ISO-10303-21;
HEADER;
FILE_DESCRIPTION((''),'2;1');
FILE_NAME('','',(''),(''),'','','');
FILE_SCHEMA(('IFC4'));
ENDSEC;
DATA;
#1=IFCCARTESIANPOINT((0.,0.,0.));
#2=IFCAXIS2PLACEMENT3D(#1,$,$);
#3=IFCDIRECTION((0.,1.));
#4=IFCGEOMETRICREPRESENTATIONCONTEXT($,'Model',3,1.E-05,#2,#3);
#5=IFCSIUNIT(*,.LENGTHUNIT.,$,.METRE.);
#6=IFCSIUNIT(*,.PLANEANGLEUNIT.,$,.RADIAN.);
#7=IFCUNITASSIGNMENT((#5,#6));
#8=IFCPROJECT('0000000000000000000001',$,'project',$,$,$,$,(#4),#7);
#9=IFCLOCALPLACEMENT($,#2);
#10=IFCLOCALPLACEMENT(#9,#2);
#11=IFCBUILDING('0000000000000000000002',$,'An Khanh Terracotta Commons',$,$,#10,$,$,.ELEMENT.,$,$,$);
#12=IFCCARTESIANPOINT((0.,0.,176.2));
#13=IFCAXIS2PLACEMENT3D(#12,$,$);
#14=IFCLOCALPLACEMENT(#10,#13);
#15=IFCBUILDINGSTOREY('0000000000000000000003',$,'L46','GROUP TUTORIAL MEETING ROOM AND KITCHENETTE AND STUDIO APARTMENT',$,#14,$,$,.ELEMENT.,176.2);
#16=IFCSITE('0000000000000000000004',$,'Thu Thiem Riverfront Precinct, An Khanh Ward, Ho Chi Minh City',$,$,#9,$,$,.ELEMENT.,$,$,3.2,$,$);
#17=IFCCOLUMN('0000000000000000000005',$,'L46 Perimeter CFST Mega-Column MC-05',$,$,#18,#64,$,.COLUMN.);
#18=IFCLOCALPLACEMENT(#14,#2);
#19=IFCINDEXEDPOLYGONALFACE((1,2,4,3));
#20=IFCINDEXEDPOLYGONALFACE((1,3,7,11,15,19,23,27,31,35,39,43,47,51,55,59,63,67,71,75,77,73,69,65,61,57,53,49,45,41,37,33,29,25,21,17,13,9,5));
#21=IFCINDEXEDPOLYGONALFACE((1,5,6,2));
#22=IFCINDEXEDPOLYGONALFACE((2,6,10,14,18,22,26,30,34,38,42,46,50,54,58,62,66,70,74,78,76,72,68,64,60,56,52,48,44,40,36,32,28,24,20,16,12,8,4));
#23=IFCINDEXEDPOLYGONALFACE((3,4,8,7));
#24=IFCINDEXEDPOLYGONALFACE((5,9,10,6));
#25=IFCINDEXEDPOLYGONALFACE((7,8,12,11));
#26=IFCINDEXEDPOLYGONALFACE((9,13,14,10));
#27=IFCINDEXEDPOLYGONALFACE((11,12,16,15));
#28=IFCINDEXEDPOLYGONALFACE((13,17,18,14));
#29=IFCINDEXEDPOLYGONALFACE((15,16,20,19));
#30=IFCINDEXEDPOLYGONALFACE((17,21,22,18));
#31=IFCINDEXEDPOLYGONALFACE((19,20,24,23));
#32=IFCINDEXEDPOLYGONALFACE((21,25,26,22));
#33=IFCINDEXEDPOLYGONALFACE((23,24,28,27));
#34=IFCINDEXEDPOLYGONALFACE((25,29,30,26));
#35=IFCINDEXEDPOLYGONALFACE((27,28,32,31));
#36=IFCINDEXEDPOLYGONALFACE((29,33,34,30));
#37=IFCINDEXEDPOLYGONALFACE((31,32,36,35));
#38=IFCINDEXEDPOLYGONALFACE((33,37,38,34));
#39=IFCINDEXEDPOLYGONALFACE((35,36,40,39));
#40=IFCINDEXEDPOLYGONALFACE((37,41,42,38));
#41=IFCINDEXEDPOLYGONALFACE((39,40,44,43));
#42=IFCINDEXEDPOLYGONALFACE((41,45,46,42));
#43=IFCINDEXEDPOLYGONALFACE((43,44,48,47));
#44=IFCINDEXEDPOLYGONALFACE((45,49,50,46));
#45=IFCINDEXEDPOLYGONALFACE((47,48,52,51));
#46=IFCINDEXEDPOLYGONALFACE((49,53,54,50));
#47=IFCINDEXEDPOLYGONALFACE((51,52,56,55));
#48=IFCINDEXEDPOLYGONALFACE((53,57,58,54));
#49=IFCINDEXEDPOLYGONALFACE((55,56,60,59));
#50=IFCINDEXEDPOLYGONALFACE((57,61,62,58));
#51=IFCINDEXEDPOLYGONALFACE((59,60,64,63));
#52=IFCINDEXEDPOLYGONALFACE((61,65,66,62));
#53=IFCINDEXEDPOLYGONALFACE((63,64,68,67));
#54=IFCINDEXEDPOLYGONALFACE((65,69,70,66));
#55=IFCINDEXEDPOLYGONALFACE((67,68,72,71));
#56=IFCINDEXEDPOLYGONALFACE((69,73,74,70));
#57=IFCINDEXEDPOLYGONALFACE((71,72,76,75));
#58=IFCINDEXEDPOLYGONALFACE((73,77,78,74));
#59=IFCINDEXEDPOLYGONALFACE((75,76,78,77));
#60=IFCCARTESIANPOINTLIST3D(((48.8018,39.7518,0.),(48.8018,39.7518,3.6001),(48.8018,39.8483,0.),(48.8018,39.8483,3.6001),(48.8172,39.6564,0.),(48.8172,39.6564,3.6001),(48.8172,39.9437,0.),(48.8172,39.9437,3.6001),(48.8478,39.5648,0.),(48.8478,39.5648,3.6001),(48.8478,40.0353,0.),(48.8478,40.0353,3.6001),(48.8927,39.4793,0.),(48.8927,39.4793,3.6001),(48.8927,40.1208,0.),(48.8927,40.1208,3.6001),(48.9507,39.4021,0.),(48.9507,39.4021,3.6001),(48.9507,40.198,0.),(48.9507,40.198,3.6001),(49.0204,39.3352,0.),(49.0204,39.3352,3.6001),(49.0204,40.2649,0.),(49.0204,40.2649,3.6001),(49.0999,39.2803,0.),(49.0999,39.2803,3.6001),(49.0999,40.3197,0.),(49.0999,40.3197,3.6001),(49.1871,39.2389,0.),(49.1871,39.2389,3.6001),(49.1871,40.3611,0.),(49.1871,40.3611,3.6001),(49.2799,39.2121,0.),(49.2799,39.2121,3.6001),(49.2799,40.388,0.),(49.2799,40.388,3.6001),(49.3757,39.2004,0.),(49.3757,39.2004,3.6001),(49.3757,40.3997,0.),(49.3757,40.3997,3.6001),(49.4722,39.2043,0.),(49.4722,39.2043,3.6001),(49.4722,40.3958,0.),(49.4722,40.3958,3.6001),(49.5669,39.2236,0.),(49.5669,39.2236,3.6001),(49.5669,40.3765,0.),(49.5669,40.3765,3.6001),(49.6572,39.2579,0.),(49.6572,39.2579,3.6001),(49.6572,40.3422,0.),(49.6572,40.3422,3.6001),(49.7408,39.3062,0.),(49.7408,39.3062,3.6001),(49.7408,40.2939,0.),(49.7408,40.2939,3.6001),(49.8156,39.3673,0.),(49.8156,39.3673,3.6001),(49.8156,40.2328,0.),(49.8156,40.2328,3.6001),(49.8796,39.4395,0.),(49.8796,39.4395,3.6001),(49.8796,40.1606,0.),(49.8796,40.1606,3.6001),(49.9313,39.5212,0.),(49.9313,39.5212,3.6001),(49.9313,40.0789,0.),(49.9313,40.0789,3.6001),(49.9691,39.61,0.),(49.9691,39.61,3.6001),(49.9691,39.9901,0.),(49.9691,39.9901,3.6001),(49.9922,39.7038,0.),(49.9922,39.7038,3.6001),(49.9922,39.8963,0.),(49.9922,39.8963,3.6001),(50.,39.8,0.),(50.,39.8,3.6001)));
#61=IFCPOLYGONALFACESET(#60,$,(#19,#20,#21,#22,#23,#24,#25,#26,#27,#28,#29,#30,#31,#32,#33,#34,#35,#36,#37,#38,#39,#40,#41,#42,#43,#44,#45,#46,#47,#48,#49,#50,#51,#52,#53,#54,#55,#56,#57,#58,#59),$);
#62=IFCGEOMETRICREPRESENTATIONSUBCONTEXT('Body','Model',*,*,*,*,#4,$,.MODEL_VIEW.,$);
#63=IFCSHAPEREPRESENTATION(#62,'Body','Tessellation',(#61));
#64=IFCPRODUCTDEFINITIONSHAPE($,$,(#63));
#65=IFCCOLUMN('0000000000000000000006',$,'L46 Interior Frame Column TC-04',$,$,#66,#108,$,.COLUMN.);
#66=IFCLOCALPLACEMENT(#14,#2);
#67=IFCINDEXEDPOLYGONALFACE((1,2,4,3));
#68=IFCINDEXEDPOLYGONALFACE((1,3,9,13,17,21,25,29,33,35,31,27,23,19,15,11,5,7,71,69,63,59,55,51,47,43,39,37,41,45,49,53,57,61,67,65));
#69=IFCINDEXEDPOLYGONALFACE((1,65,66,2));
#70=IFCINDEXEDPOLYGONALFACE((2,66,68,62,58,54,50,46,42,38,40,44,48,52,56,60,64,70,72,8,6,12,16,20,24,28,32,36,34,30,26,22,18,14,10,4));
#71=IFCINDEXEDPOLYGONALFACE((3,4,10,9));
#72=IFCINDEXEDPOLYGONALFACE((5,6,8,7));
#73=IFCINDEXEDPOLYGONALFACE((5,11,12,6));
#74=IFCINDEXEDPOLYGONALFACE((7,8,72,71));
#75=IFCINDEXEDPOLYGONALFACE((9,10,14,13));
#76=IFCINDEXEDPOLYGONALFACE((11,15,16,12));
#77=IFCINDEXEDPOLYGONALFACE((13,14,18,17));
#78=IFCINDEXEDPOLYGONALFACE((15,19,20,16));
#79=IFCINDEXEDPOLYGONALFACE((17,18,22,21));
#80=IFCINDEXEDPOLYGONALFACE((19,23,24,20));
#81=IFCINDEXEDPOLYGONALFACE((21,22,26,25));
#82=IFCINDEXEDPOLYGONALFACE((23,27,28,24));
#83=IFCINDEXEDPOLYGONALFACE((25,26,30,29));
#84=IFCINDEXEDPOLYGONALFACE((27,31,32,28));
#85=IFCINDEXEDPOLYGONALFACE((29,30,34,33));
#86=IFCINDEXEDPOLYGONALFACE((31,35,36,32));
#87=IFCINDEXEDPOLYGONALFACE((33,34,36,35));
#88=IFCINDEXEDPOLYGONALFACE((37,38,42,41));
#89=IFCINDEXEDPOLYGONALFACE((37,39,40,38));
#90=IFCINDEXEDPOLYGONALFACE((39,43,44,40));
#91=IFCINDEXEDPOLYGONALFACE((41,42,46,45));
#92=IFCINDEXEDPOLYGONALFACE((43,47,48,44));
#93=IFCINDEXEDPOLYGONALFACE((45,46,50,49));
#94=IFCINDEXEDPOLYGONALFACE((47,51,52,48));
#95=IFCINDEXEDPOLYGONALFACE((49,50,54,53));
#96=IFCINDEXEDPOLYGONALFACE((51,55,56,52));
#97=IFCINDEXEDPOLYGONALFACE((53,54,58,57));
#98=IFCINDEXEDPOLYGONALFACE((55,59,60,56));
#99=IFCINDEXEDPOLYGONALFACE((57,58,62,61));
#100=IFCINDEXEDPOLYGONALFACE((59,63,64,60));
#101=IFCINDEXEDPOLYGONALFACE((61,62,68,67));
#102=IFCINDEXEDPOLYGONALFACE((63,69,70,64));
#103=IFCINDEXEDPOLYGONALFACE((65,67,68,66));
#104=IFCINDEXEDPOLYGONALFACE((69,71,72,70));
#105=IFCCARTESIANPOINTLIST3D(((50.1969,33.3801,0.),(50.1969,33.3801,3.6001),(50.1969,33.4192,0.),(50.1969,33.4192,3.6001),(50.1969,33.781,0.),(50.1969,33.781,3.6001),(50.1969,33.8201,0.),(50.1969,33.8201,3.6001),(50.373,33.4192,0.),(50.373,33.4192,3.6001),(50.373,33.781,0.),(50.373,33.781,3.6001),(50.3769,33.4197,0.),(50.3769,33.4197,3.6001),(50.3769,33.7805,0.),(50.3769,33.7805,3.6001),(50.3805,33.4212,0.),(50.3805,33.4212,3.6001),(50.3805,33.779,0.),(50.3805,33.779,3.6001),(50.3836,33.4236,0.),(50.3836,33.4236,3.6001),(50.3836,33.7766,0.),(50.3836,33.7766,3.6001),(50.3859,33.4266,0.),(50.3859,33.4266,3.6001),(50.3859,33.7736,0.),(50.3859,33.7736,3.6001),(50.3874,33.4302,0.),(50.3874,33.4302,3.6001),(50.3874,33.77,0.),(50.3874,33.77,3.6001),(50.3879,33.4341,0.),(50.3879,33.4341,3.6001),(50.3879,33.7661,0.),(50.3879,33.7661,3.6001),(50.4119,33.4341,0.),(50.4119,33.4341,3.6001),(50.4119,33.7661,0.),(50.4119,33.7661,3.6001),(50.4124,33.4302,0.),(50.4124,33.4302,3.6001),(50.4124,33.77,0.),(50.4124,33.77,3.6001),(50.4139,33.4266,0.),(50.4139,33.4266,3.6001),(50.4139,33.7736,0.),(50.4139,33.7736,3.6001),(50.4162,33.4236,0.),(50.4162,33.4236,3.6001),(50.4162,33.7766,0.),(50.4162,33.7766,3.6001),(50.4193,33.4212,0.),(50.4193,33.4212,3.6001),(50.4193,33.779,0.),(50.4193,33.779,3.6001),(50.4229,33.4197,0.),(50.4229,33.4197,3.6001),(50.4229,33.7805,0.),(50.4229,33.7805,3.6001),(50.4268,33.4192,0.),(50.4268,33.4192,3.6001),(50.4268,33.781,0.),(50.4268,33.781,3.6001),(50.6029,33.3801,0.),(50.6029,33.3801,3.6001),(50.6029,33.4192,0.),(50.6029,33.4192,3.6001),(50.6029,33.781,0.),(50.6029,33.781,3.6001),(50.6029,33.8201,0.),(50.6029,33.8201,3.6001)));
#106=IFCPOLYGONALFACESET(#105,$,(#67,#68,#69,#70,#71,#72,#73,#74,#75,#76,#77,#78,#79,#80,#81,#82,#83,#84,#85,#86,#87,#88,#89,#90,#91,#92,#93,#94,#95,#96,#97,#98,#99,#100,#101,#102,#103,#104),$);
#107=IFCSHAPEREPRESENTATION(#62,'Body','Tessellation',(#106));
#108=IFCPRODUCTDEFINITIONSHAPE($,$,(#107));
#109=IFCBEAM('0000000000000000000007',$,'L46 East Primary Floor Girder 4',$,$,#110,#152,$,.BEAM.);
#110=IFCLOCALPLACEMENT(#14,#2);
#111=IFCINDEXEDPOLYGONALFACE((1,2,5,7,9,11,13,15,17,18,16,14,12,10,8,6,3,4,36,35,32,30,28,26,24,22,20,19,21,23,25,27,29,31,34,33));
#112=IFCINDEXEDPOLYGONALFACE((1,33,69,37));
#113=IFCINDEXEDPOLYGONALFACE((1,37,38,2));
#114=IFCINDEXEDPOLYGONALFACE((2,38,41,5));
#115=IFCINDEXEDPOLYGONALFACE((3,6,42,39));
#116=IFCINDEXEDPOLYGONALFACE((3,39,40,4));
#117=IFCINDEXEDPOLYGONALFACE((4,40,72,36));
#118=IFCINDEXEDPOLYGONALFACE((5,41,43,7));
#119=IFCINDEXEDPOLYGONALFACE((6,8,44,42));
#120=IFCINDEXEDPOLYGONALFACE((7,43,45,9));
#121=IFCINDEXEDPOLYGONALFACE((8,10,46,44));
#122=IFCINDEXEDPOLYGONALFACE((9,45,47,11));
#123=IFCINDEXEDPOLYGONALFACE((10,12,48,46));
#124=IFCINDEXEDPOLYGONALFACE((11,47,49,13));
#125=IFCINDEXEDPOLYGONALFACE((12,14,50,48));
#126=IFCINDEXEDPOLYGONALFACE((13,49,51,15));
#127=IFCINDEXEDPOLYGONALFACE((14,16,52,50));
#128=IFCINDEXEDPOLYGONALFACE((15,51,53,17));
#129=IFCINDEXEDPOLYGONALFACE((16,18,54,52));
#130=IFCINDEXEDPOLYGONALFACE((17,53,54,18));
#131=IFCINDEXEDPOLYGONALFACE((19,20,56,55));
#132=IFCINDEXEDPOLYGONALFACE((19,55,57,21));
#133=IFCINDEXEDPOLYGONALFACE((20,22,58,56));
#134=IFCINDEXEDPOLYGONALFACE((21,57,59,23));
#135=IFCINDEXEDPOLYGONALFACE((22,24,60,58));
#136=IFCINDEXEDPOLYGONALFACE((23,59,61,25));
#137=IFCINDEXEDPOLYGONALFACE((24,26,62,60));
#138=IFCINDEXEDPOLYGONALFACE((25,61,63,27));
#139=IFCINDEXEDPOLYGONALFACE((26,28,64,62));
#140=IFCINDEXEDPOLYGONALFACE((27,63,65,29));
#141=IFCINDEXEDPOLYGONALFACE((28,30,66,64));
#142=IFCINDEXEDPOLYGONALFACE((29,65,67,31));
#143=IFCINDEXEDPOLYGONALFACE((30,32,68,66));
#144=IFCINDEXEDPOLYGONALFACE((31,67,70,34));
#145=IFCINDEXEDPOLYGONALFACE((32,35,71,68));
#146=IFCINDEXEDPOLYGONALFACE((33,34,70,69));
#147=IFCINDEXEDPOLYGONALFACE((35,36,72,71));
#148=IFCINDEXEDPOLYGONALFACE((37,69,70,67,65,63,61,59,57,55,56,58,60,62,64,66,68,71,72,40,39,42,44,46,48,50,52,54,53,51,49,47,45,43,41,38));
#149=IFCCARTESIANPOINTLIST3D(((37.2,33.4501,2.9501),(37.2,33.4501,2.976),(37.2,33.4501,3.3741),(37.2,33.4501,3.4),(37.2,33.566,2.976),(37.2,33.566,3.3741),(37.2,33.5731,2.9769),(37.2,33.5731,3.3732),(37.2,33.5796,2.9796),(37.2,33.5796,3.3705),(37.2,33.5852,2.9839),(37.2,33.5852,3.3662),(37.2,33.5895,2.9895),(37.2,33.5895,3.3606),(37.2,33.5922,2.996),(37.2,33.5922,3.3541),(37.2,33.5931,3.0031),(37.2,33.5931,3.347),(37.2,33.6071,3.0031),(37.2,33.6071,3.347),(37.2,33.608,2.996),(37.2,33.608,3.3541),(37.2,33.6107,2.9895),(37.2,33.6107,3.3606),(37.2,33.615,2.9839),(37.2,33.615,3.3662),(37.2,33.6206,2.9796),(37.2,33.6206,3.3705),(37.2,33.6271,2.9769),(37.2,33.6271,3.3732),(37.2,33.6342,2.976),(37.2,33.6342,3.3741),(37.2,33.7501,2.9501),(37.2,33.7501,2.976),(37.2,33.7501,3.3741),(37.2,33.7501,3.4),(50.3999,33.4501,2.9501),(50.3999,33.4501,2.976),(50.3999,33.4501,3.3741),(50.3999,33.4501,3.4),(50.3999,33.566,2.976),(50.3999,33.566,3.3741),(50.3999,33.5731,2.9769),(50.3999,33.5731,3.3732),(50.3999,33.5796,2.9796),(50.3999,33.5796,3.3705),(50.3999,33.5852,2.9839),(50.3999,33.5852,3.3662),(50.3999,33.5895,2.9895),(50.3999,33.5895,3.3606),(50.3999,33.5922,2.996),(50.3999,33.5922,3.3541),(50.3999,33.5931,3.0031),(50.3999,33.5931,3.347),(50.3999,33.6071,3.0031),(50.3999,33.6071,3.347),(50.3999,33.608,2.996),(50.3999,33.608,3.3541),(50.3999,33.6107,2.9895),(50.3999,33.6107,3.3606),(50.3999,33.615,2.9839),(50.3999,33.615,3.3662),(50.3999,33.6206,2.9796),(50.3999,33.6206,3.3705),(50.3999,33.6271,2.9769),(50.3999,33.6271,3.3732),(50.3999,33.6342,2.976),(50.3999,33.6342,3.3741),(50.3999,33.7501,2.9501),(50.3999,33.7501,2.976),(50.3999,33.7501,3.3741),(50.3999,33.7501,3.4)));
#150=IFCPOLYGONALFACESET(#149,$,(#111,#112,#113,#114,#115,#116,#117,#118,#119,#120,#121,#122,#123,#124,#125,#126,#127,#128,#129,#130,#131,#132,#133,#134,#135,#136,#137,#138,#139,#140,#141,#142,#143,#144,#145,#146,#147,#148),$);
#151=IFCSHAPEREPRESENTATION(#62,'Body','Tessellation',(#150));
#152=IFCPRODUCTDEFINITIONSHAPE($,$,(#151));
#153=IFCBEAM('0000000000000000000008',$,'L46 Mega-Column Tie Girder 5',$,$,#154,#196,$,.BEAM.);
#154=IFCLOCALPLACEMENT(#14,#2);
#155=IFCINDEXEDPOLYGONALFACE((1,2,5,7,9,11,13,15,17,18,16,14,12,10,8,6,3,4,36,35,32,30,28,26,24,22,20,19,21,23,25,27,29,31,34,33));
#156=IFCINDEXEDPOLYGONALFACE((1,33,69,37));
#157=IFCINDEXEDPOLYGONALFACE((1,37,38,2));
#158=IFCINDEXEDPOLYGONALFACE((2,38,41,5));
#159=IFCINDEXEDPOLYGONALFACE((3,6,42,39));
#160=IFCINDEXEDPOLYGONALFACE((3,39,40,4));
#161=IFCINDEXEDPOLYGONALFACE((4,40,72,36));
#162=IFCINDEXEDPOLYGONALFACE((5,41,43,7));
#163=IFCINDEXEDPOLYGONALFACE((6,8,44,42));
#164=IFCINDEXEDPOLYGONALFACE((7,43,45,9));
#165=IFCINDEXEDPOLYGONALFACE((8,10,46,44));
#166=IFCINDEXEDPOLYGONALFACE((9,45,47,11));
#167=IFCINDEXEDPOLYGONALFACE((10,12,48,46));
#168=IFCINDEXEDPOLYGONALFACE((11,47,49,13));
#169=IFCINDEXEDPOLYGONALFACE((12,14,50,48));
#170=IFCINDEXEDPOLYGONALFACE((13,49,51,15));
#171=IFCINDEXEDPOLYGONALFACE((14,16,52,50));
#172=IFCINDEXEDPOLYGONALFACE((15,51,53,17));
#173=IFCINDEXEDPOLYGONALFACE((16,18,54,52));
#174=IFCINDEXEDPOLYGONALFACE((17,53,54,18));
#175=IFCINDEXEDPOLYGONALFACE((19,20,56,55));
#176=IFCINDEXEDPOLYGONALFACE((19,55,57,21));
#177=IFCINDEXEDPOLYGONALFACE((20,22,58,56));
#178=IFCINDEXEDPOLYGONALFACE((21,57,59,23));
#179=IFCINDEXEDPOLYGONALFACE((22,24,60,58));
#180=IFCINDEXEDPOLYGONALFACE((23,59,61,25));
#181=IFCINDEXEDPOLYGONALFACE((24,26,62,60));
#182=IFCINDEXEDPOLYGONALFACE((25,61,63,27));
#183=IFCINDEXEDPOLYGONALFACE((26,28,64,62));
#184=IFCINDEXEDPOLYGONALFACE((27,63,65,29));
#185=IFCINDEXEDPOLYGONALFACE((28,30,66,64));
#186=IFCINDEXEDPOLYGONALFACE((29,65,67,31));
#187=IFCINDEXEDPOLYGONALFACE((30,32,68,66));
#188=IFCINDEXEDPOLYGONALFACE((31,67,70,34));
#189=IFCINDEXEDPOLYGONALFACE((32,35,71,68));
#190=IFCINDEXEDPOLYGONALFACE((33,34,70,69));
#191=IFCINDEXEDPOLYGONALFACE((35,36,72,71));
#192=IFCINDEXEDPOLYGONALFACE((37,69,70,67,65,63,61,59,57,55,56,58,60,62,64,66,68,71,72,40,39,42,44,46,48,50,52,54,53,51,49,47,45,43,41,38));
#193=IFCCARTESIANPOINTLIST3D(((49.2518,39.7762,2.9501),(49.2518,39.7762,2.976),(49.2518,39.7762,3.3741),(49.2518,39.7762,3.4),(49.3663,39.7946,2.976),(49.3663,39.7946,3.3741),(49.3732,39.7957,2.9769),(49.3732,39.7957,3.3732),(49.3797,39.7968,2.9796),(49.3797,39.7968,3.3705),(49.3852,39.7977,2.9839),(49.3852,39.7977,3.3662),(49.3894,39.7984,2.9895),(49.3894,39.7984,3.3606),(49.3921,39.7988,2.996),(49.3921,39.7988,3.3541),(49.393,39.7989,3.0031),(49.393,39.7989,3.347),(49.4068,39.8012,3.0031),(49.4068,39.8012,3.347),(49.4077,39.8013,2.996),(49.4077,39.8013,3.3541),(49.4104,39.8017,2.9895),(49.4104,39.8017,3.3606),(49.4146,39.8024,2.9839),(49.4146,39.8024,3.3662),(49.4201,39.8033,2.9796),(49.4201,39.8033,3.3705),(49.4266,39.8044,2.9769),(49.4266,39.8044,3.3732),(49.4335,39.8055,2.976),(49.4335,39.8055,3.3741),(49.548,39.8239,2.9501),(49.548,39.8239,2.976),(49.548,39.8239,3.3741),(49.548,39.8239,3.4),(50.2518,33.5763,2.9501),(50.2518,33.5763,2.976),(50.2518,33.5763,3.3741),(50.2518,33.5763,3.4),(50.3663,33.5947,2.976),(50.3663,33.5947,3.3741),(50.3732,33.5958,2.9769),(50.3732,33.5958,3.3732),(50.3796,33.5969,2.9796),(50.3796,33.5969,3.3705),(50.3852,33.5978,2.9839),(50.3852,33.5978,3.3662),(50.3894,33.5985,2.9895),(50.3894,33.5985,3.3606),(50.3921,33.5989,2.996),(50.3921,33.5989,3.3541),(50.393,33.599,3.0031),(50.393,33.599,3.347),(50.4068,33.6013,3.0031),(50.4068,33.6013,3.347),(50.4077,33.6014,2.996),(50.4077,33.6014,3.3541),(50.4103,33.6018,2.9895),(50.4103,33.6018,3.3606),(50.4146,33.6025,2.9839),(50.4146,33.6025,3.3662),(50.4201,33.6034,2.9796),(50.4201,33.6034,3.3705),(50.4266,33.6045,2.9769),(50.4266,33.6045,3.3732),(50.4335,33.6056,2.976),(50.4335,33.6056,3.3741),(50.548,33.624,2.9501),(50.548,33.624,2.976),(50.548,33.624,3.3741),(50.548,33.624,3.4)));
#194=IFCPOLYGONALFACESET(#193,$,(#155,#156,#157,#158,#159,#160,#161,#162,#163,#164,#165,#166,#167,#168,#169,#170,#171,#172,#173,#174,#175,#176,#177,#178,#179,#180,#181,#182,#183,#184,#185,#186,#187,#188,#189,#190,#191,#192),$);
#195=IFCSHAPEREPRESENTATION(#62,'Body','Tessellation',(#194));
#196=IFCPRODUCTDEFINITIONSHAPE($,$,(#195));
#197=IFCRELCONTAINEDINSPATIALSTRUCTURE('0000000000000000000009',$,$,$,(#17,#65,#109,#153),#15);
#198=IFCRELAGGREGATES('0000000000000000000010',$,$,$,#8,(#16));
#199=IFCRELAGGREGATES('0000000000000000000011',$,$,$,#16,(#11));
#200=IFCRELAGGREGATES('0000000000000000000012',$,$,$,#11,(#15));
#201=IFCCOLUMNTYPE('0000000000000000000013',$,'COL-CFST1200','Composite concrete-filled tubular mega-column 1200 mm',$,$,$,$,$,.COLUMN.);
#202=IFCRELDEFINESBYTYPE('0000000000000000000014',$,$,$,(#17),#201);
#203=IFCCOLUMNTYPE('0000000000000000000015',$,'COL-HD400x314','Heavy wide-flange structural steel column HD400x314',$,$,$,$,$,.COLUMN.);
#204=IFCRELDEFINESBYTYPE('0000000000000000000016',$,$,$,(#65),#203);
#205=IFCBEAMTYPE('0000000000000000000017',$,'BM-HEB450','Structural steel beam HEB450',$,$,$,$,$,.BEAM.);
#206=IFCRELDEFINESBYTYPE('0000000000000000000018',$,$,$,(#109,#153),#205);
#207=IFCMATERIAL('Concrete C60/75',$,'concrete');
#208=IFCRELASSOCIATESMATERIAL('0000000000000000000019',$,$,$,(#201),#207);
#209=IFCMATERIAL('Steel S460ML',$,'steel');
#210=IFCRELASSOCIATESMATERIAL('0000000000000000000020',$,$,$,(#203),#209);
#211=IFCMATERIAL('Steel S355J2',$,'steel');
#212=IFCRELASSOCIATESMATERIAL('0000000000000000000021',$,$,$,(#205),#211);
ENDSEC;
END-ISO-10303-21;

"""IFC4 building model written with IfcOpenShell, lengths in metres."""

from ifc_helpers import new_model, si_unit, direction, frame, origin, origin_2d, place, context, subcontext, project, spatial, circle, i_section, extrude, material, material_profile, profile_set, type_object, element, save


model = new_model("IFC4")

# Units and contexts
model_context = context("Model", 3, precision=1e-05, world=origin(), true_north=direction((0.0, 1.0)))
body_context = subcontext(model_context, "Body", "Model", "MODEL_VIEW")
ifc_project = project(units=[si_unit("LENGTHUNIT", "METRE"), si_unit("PLANEANGLEUNIT", "RADIAN")], contexts=[model_context])

# Site, building, storey
site_placement = place(None, origin())
site = spatial("IfcSite", under=ifc_project, at=site_placement, Name="Thu Thiem Riverfront Precinct, An Khanh Ward, Ho Chi Minh City", CompositionType="ELEMENT", RefElevation=3.2)
building_placement = place(site_placement, origin())
building = spatial("IfcBuilding", under=site, at=building_placement, Name="An Khanh Terracotta Commons", CompositionType="ELEMENT")
storey_placement = place(building_placement, frame((0.0, 0.0, 176.2)))
storey = spatial("IfcBuildingStorey", under=building, at=storey_placement, Name="L46", Description="GROUP TUTORIAL MEETING ROOM AND KITCHENETTE AND STUDIO APARTMENT", CompositionType="ELEMENT", Elevation=176.2)

# Columns
ifc_material_1 = material(Name="Concrete C60/75", Category="concrete")
ifc_material_profile_1 = material_profile(ifc_material_1, circle(Radius=0.6001, at=origin_2d()), Name="CFST1200")
ifc_profile_set_1 = profile_set([ifc_material_profile_1], Name="Concrete C60/75")
column_type_1 = type_object("IfcColumnType", Name="COL-CFST1200", Description="Composite concrete-filled tubular mega-column 1200 mm", PredefinedType="COLUMN", material=ifc_profile_set_1)
column_1_placement = place(storey_placement, frame((49.3999, 39.8, 0.0), z_axis=(0.0, 0.0, 1.0), x_axis=(1.0, 0.0, 0.0)))
element("IfcColumn", 1, at=column_1_placement, inside=storey, type_object=column_type_1, Name="L46 Perimeter CFST Mega-Column MC-05", PredefinedType="COLUMN", context=body_context, shape_type="SweptSolid", body=[
    extrude(circle(Radius=0.6001, at=origin_2d()), origin(), (0.0, 0.0, 1.0), 3.6001),
])
ifc_material_2 = material(Name="Steel S460ML", Category="steel")
ifc_material_profile_2 = material_profile(ifc_material_2, i_section(OverallWidth=0.406, OverallDepth=0.4399, WebThickness=0.0239, FlangeThickness=0.0391, FilletRadius=0.0149, at=origin_2d()), Name="HD400x314")
ifc_profile_set_2 = profile_set([ifc_material_profile_2], Name="Steel S460ML")
column_type_2 = type_object("IfcColumnType", Name="COL-HD400x314", Description="Heavy wide-flange structural steel column HD400x314", PredefinedType="COLUMN", material=ifc_profile_set_2)
column_2_placement = place(storey_placement, frame((50.3999, 33.6001, 0.0), z_axis=(0.0, 0.0, 1.0), x_axis=(1.0, 0.0, 0.0)))
element("IfcColumn", 2, at=column_2_placement, inside=storey, type_object=column_type_2, Name="L46 Interior Frame Column TC-04", PredefinedType="COLUMN", context=body_context, shape_type="SweptSolid", body=[
    extrude(i_section(OverallWidth=0.406, OverallDepth=0.4399, WebThickness=0.0239, FlangeThickness=0.0391, FilletRadius=0.0149, at=origin_2d()), origin(), (0.0, 0.0, 1.0), 3.6001),
])

# Beams
ifc_material_3 = material(Name="Steel S355J2", Category="steel")
ifc_material_profile_3 = material_profile(ifc_material_3, i_section(OverallWidth=0.3, OverallDepth=0.45, WebThickness=0.0139, FlangeThickness=0.0259, FilletRadius=0.0271, at=origin_2d()), Name="HEB450")
ifc_profile_set_3 = profile_set([ifc_material_profile_3], Name="Steel S355J2")
beam_type_1 = type_object("IfcBeamType", Name="BM-HEB450", Description="Structural steel beam HEB450", PredefinedType="BEAM", material=ifc_profile_set_3)
beam_1_placement = place(storey_placement, frame((37.2, 33.6001, 3.175), z_axis=(1.0, 0.0, 0.0), x_axis=(0.0, 1.0, 0.0)))
element("IfcBeam", 3, at=beam_1_placement, inside=storey, type_object=beam_type_1, Name="L46 East Primary Floor Girder 4", PredefinedType="BEAM", context=body_context, shape_type="SweptSolid", body=[
    extrude(i_section(OverallWidth=0.3, OverallDepth=0.45, WebThickness=0.0139, FlangeThickness=0.0259, FilletRadius=0.0271, at=origin_2d()), origin(), (0.0, 0.0, 1.0), 13.2),
])
beam_2_placement = place(storey_placement, frame((49.3999, 39.8, 3.175), z_axis=(0.159234, -0.987241, 0.0), x_axis=(0.987241, 0.159234, 0.0)))
element("IfcBeam", 4, at=beam_2_placement, inside=storey, type_object=beam_type_1, Name="L46 Mega-Column Tie Girder 5", PredefinedType="BEAM", context=body_context, shape_type="SweptSolid", body=[
    extrude(i_section(OverallWidth=0.3, OverallDepth=0.45, WebThickness=0.0139, FlangeThickness=0.0259, FilletRadius=0.0271, at=origin_2d()), origin(), (0.0, 0.0, 1.0), 6.28),
])

save(model, "model.ifc")
